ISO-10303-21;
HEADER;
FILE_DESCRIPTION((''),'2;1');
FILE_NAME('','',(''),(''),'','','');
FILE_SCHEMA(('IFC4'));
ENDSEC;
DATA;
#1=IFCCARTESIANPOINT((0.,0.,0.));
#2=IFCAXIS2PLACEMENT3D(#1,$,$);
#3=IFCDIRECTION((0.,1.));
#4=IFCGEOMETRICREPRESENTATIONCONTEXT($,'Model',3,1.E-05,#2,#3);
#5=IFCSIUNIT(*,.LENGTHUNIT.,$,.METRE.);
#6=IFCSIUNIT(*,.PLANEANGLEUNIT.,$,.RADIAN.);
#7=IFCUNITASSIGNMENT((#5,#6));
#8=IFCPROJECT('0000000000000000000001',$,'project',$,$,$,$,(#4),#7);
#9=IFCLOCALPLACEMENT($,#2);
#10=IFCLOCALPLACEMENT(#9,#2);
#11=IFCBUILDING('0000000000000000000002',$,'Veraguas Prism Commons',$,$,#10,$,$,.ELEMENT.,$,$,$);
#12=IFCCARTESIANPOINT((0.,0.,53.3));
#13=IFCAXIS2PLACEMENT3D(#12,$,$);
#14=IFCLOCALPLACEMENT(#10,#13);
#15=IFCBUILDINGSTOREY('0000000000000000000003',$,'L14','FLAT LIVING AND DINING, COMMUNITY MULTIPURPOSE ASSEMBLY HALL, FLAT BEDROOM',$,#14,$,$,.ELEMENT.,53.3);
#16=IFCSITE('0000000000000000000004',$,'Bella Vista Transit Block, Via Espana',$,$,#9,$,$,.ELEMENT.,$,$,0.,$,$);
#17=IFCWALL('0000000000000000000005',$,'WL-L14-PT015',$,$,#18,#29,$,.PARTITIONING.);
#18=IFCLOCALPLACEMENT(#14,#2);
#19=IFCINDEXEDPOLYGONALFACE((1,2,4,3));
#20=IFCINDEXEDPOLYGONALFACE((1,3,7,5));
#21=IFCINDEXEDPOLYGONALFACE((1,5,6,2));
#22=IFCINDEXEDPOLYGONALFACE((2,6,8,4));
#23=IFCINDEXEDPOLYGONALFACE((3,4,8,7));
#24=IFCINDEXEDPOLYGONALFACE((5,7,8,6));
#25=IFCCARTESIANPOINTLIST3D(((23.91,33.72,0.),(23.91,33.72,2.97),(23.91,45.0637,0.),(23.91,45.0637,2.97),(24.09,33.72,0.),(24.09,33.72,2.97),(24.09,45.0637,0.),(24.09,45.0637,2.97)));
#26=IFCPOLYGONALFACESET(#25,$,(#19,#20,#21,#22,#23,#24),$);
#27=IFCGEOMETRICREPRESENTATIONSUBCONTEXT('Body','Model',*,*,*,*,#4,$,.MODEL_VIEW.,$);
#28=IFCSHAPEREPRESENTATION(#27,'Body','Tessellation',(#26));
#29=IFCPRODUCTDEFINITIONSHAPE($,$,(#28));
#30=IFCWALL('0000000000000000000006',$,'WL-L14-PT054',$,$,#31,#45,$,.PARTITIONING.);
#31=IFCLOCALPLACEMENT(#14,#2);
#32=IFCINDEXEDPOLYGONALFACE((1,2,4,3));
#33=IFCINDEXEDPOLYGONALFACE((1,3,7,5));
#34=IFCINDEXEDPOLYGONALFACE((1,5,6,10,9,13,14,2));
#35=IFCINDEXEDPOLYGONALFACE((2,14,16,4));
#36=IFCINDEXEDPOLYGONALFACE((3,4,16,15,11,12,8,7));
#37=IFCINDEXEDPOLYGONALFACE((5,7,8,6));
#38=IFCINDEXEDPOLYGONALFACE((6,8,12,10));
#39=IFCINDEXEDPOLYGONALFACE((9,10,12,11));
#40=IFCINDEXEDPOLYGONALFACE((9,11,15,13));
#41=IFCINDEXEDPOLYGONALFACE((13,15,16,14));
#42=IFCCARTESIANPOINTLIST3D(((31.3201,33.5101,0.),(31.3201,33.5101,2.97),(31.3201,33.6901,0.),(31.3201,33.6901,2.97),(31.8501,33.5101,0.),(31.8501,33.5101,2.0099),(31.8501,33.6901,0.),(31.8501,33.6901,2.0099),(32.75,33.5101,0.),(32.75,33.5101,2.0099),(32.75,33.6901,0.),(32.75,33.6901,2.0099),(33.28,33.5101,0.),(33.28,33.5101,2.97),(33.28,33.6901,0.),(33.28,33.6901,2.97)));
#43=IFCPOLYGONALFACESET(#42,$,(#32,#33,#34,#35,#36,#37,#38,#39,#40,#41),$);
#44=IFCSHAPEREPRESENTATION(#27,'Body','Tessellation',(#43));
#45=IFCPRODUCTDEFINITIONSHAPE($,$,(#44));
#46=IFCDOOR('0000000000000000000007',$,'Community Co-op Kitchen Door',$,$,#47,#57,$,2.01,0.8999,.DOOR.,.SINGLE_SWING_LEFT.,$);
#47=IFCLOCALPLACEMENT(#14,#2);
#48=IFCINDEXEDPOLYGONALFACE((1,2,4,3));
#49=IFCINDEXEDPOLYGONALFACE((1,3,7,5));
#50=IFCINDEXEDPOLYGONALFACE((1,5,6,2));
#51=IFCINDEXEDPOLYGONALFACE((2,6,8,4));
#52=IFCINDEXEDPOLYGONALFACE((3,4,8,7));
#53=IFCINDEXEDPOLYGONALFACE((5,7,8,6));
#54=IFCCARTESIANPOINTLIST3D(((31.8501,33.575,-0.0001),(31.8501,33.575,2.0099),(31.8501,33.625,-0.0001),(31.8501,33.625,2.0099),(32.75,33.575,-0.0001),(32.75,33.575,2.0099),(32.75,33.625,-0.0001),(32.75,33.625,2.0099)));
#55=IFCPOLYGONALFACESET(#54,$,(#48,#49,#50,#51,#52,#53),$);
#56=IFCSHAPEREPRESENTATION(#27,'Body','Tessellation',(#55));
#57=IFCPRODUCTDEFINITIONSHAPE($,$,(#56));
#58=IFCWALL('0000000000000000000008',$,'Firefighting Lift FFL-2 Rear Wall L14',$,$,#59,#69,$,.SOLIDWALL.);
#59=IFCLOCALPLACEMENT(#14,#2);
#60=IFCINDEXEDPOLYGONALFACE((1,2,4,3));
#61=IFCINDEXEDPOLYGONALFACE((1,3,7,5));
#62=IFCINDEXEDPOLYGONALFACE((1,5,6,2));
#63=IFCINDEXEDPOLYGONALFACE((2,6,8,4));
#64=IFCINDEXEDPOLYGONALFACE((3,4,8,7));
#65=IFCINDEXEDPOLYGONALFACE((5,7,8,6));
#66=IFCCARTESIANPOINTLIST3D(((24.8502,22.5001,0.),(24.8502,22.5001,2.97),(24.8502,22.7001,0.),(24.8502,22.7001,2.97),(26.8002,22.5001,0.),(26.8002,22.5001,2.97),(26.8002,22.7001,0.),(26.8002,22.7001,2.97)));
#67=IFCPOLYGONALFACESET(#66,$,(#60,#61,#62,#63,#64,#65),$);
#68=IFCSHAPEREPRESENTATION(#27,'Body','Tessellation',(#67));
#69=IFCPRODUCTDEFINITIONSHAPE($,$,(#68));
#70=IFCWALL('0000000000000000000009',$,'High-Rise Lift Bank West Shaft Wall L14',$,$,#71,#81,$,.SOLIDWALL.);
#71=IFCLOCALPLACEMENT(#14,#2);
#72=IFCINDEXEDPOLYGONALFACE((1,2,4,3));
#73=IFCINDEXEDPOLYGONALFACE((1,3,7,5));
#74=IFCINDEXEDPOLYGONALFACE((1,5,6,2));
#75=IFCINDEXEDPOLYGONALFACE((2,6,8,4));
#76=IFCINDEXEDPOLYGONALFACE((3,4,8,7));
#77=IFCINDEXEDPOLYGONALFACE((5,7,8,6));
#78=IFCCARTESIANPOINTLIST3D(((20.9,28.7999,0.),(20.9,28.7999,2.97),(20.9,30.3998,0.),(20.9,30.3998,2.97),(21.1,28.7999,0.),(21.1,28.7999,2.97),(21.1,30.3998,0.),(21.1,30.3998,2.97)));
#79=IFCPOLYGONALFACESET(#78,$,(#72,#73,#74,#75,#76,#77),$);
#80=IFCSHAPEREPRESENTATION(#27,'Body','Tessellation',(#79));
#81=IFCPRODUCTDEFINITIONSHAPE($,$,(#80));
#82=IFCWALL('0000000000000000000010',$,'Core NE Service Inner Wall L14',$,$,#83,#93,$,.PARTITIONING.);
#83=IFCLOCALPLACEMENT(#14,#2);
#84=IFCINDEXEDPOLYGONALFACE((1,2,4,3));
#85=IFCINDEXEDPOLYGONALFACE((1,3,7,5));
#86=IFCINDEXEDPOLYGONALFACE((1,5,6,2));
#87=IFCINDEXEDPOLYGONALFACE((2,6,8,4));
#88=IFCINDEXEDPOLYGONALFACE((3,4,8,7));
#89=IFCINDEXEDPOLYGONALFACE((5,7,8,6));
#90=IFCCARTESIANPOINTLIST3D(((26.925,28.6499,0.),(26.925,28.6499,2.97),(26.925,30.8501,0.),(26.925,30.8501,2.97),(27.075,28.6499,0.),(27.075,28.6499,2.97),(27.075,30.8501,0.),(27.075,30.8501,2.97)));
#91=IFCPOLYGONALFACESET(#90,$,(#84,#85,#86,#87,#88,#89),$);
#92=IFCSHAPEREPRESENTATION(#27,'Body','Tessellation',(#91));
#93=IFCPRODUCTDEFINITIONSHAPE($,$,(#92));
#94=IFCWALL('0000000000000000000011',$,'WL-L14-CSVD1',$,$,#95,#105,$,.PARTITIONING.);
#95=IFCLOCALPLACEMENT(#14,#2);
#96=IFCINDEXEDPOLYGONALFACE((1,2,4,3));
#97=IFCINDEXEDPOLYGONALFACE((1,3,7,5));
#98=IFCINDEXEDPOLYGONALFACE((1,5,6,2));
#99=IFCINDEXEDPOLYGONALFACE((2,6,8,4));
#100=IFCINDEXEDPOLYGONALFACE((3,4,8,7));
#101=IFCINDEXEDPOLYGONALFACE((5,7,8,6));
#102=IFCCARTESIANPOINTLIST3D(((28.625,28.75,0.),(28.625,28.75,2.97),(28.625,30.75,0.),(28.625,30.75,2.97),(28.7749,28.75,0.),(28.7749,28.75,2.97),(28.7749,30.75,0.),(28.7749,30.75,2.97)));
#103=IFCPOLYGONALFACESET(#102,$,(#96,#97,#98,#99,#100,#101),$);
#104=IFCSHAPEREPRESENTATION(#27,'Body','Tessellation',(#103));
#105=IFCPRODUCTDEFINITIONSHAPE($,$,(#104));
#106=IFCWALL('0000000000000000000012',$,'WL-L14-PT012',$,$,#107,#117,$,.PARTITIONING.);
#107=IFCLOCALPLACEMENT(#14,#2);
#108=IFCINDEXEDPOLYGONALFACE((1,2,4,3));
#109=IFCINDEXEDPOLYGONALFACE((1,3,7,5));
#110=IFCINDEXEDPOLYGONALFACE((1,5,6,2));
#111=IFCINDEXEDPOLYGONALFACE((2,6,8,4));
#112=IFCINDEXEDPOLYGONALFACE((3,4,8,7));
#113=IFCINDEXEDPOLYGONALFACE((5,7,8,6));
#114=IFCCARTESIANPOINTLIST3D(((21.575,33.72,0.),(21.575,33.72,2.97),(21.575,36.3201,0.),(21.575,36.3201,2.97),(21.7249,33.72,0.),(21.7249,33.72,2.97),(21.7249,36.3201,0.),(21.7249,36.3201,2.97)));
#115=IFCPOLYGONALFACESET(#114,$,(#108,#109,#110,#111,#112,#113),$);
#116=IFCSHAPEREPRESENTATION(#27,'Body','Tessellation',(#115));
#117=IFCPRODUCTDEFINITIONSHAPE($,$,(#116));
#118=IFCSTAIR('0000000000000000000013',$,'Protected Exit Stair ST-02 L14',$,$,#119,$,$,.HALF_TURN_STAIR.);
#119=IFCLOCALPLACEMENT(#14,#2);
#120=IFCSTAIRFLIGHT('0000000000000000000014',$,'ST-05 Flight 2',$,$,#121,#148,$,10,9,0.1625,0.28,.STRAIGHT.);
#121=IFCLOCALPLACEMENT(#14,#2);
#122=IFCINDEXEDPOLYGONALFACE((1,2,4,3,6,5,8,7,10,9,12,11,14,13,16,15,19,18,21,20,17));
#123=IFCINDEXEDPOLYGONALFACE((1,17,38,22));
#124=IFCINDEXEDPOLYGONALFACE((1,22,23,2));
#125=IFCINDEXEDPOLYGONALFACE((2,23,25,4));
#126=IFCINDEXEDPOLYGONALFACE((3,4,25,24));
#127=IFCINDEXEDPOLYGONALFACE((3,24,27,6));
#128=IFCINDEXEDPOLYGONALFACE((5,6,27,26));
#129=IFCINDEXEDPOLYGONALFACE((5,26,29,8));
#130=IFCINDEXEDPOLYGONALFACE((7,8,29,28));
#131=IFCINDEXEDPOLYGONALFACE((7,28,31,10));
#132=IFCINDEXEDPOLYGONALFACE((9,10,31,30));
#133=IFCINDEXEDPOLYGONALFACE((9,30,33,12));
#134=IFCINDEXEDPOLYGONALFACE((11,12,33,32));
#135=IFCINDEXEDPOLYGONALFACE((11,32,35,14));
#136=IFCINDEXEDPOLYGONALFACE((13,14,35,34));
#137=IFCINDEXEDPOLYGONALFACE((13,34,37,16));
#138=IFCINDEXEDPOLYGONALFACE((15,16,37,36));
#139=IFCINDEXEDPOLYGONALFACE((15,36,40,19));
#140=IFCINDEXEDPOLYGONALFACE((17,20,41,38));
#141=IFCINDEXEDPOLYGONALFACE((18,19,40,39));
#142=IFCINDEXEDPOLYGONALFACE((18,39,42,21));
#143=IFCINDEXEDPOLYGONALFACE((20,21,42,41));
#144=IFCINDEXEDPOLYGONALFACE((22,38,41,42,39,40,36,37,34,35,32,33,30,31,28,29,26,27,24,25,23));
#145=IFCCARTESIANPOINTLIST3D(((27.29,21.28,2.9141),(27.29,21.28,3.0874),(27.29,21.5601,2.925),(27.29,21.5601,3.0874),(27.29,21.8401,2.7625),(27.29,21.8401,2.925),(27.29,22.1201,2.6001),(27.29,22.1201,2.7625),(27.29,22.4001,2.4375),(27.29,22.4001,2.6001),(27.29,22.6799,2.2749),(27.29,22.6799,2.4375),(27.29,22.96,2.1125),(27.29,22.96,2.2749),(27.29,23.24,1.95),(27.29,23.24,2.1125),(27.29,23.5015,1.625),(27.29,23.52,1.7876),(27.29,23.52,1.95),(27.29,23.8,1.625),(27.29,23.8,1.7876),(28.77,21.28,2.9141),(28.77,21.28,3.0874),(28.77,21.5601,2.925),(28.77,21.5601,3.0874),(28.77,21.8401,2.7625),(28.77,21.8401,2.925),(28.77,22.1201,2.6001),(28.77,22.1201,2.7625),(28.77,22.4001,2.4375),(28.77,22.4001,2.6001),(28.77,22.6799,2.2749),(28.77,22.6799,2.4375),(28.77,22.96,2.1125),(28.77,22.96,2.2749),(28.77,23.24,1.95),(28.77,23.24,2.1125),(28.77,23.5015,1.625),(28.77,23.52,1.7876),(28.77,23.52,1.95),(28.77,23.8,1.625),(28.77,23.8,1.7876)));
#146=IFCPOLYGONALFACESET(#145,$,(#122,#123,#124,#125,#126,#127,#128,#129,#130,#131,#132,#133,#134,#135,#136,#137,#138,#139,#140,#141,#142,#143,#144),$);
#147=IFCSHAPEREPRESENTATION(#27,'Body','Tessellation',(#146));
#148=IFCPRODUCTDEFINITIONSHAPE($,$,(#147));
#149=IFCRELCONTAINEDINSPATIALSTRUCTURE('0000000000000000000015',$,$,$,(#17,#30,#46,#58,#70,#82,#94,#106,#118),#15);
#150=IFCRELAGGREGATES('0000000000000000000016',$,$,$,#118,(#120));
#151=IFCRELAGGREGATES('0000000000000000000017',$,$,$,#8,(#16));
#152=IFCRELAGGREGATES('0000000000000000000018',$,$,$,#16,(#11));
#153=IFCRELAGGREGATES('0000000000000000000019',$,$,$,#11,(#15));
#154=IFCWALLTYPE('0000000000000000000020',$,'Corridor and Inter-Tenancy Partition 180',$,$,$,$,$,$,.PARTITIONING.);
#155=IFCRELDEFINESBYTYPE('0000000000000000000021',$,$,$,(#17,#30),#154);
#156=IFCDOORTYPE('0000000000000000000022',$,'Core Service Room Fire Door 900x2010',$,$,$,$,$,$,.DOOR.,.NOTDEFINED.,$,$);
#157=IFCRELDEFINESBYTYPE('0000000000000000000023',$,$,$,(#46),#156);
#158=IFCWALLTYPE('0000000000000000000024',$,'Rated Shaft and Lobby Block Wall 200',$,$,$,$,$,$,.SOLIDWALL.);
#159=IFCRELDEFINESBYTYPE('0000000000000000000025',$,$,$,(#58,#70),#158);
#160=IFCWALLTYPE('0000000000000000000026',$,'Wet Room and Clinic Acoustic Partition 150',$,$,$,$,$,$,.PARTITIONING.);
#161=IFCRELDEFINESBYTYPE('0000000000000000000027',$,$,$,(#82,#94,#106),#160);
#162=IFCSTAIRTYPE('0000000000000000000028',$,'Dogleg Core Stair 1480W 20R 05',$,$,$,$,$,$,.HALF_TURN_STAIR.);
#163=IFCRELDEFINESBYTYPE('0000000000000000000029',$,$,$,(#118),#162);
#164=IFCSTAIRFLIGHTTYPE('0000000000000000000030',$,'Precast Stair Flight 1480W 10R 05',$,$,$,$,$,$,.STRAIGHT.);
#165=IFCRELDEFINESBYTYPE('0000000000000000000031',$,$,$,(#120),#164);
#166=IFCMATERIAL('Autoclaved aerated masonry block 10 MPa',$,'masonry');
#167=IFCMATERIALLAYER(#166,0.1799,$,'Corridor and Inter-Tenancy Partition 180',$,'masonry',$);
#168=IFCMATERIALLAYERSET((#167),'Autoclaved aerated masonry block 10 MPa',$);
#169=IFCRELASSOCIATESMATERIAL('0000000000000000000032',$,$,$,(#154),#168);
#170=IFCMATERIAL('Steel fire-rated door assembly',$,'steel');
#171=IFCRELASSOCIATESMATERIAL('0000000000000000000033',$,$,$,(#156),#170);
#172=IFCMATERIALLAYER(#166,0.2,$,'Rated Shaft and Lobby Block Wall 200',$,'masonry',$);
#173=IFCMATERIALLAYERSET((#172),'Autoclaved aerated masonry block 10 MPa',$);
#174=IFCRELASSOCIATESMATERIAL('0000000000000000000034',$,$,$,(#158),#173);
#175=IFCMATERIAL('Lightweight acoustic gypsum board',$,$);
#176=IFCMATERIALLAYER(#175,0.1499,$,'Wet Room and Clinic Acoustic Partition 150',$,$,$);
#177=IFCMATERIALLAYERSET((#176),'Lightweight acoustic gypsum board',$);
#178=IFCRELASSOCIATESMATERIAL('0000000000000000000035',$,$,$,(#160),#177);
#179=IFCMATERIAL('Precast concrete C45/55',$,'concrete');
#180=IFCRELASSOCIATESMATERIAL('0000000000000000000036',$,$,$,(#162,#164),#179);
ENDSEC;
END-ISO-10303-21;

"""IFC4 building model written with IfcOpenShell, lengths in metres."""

from ifc_helpers import new_model, si_unit, direction, frame, frame_2d, origin, place, context, subcontext, project, spatial, polyline, rectangle, outline, extrude, source, transform, mapped, material, layer, layer_set, type_object, element, fill, aggregate, save


model = new_model("IFC4")

# Units and contexts
model_context = context("Model", 3, precision=1e-05, world=origin(), true_north=direction((0.0, 1.0)))
body_context = subcontext(model_context, "Body", "Model", "MODEL_VIEW")
ifc_project = project(units=[si_unit("LENGTHUNIT", "METRE"), si_unit("PLANEANGLEUNIT", "RADIAN")], contexts=[model_context])

# Site, building, storey
site_placement = place(None, origin())
site = spatial("IfcSite", under=ifc_project, at=site_placement, Name="Bella Vista Transit Block, Via Espana", CompositionType="ELEMENT", RefElevation=0.0)
building_placement = place(site_placement, origin())
building = spatial("IfcBuilding", under=site, at=building_placement, Name="Veraguas Prism Commons", CompositionType="ELEMENT")
storey_placement = place(building_placement, frame((0.0, 0.0, 53.3)))
storey = spatial("IfcBuildingStorey", under=building, at=storey_placement, Name="L14", Description="FLAT LIVING AND DINING, COMMUNITY MULTIPURPOSE ASSEMBLY HALL, FLAT BEDROOM", CompositionType="ELEMENT", Elevation=53.3)

# Shared definitions
ifc_material_1 = material(Name="Steel fire-rated door assembly", Category="steel")

# Shared definitions
ifc_material_2 = material(Name="Autoclaved aerated masonry block 10 MPa", Category="masonry")
ifc_layer_1 = layer(ifc_material_2, 0.1799, Name="Corridor and Inter-Tenancy Partition 180", Category="masonry")
ifc_layer_set_1 = layer_set([ifc_layer_1], Name="Autoclaved aerated masonry block 10 MPa")
wall_type_1 = type_object("IfcWallType", Name="Corridor and Inter-Tenancy Partition 180", PredefinedType="PARTITIONING", material=ifc_layer_set_1)

# Wall
wall_1_placement = place(storey_placement, frame((24.0, 33.72, 0.0), z_axis=(0.0, 0.0, 1.0), x_axis=(0.0, 1.0, 0.0)))
element("IfcWall", 1, at=wall_1_placement, inside=storey, type_object=wall_type_1, Name="WL-L14-PT015", PredefinedType="PARTITIONING", context=body_context, shape_type="SweptSolid", body=[
    extrude(rectangle(XDim=11.3438, YDim=0.1799, at=frame_2d((5.6719, 0.0))), origin(), (0.0, 0.0, 1.0), 2.97),
])

# Wall, opening, door
wall_2_placement = place(storey_placement, frame((31.3201, 33.6001, 0.0), z_axis=(0.0, 0.0, 1.0), x_axis=(1.0, 0.0, 0.0)))
wall_2 = element("IfcWall", 2, at=wall_2_placement, inside=storey, type_object=wall_type_1, Name="WL-L14-PT054", PredefinedType="PARTITIONING", context=body_context, shape_type="SweptSolid", body=[
    extrude(rectangle(XDim=1.96, YDim=0.1799, at=frame_2d((0.98, 0.0))), origin(), (0.0, 0.0, 1.0), 2.97),
])
opening_1_placement = place(wall_2_placement, frame((0.53, 0.0, 0.0)))
opening_1 = element("IfcOpeningElement", 3, at=opening_1_placement, cuts=wall_2, PredefinedType="OPENING", context=body_context, shape_type="SweptSolid", body=[
    extrude(rectangle(XDim=0.8999, YDim=2.01, at=frame_2d((0.45, 1.0049))), frame((0.0, 0.0999, 0.0), z_axis=(0.0, -1.0, 0.0), x_axis=(1.0, 0.0, 0.0)), (0.0, 0.0, 1.0), 0.2),
])
door_type_1 = type_object("IfcDoorType", Name="Core Service Room Fire Door 900x2010", OperationType="NOTDEFINED", PredefinedType="DOOR", material=ifc_material_1)
shared_shape_1 = source(origin(), body_context, "Body", "SweptSolid", [
    extrude(rectangle(XDim=0.8999, YDim=2.01, at=frame_2d((0.45, 1.0049))), frame((0.0, 0.0249, 0.0), z_axis=(0.0, -1.0, 0.0), x_axis=(1.0, 0.0, 0.0)), (0.0, 0.0, 1.0), 0.05),
])
door_1_placement = place(opening_1_placement, origin())
door_1 = element("IfcDoor", 4, at=door_1_placement, inside=storey, type_object=door_type_1, Name="Community Co-op Kitchen Door", OperationType="SINGLE_SWING_LEFT", OverallHeight=2.01, OverallWidth=0.8999, PredefinedType="DOOR", context=body_context, shape_type="MappedRepresentation", body=[
    mapped(shared_shape_1, transform((0.0, 0.0, 0.0), scale=1.0)),
])
fill(opening_1, door_1)

# Walls
ifc_layer_2 = layer(ifc_material_2, 0.2, Name="Rated Shaft and Lobby Block Wall 200", Category="masonry")
ifc_layer_set_2 = layer_set([ifc_layer_2], Name="Autoclaved aerated masonry block 10 MPa")
wall_type_2 = type_object("IfcWallType", Name="Rated Shaft and Lobby Block Wall 200", PredefinedType="SOLIDWALL", material=ifc_layer_set_2)
wall_3_placement = place(storey_placement, frame((24.8501, 22.6001, 0.0), z_axis=(0.0, 0.0, 1.0), x_axis=(1.0, 0.0, 0.0)))
element("IfcWall", 5, at=wall_3_placement, inside=storey, type_object=wall_type_2, Name="Firefighting Lift FFL-2 Rear Wall L14", PredefinedType="SOLIDWALL", context=body_context, shape_type="SweptSolid", body=[
    extrude(rectangle(XDim=1.95, YDim=0.2, at=frame_2d((0.9751, 0.0))), origin(), (0.0, 0.0, 1.0), 2.97),
])
wall_4_placement = place(storey_placement, frame((21.0, 28.8, 0.0), z_axis=(0.0, 0.0, 1.0), x_axis=(0.0, 1.0, 0.0)))
element("IfcWall", 6, at=wall_4_placement, inside=storey, type_object=wall_type_2, Name="High-Rise Lift Bank West Shaft Wall L14", PredefinedType="SOLIDWALL", context=body_context, shape_type="SweptSolid", body=[
    extrude(rectangle(XDim=1.5999, YDim=0.2, at=frame_2d((0.7998, 0.0))), origin(), (0.0, 0.0, 1.0), 2.97),
])
ifc_material_3 = material(Name="Lightweight acoustic gypsum board")
ifc_layer_3 = layer(ifc_material_3, 0.1499, Name="Wet Room and Clinic Acoustic Partition 150")
ifc_layer_set_3 = layer_set([ifc_layer_3], Name="Lightweight acoustic gypsum board")
wall_type_3 = type_object("IfcWallType", Name="Wet Room and Clinic Acoustic Partition 150", PredefinedType="PARTITIONING", material=ifc_layer_set_3)
wall_5_placement = place(storey_placement, frame((27.0, 28.6499, 0.0), z_axis=(0.0, 0.0, 1.0), x_axis=(0.0, 1.0, 0.0)))
element("IfcWall", 7, at=wall_5_placement, inside=storey, type_object=wall_type_3, Name="Core NE Service Inner Wall L14", PredefinedType="PARTITIONING", context=body_context, shape_type="SweptSolid", body=[
    extrude(rectangle(XDim=2.2002, YDim=0.1499, at=frame_2d((1.1001, 0.0))), origin(), (0.0, 0.0, 1.0), 2.97),
])
wall_6_placement = place(storey_placement, frame((28.7, 28.75, 0.0), z_axis=(0.0, 0.0, 1.0), x_axis=(0.0, 1.0, 0.0)))
element("IfcWall", 8, at=wall_6_placement, inside=storey, type_object=wall_type_3, Name="WL-L14-CSVD1", PredefinedType="PARTITIONING", context=body_context, shape_type="SweptSolid", body=[
    extrude(rectangle(XDim=2.0, YDim=0.1499, at=frame_2d((1.0, 0.0))), origin(), (0.0, 0.0, 1.0), 2.97),
])
wall_7_placement = place(storey_placement, frame((21.6499, 33.72, 0.0), z_axis=(0.0, 0.0, 1.0), x_axis=(0.0, 1.0, 0.0)))
element("IfcWall", 9, at=wall_7_placement, inside=storey, type_object=wall_type_3, Name="WL-L14-PT012", PredefinedType="PARTITIONING", context=body_context, shape_type="SweptSolid", body=[
    extrude(rectangle(XDim=2.6001, YDim=0.1499, at=frame_2d((1.3, 0.0))), origin(), (0.0, 0.0, 1.0), 2.97),
])

# Stair, stair flight
ifc_material_4 = material(Name="Precast concrete C45/55", Category="concrete")
stair_type = type_object("IfcStairType", Name="Dogleg Core Stair 1480W 20R 05", PredefinedType="HALF_TURN_STAIR", material=ifc_material_4)
stair_placement = place(storey_placement, origin())
stair = element("IfcStair", 10, at=stair_placement, inside=storey, type_object=stair_type, Name="Protected Exit Stair ST-02 L14", PredefinedType="HALF_TURN_STAIR")
stair_flight_type = type_object("IfcStairFlightType", Name="Precast Stair Flight 1480W 10R 05", PredefinedType="STRAIGHT", material=ifc_material_4)
stair_flight_placement = place(storey_placement, frame((28.03, 23.8, 1.625), z_axis=(0.0, 0.0, 1.0), x_axis=(0.0, -1.0, 0.0)))
stair_flight = element("IfcStairFlight", 11, at=stair_flight_placement, type_object=stair_flight_type, Name="ST-05 Flight 2", NumberOfRisers=10, NumberOfTreads=9, PredefinedType="STRAIGHT", RiserHeight=0.1625, TreadLength=0.28, context=body_context, shape_type="SweptSolid", body=[
    extrude(outline(polyline([(0.0, 0.0), (0.0, 0.1626), (0.28, 0.1626), (0.28, 0.325), (0.5601, 0.325), (0.5601, 0.4875), (0.8401, 0.4875), (0.8401, 0.6499), (1.1201, 0.6499), (1.1201, 0.8125), (1.3999, 0.8125), (1.3999, 0.9751), (1.6799, 0.9751), (1.6799, 1.1375), (1.96, 1.1375), (1.96, 1.3), (2.24, 1.3), (2.24, 1.4624), (2.52, 1.4624), (2.52, 1.625), (2.52, 1.2891), (0.2986, 0.0), (0.0, 0.0)])), frame((0.0, 0.74, 0.0), z_axis=(0.0, -1.0, 0.0), x_axis=(1.0, 0.0, 0.0)), (0.0, 0.0, 1.0), 1.48),
])
aggregate(stair, [stair_flight])

save(model, "model.ifc")
